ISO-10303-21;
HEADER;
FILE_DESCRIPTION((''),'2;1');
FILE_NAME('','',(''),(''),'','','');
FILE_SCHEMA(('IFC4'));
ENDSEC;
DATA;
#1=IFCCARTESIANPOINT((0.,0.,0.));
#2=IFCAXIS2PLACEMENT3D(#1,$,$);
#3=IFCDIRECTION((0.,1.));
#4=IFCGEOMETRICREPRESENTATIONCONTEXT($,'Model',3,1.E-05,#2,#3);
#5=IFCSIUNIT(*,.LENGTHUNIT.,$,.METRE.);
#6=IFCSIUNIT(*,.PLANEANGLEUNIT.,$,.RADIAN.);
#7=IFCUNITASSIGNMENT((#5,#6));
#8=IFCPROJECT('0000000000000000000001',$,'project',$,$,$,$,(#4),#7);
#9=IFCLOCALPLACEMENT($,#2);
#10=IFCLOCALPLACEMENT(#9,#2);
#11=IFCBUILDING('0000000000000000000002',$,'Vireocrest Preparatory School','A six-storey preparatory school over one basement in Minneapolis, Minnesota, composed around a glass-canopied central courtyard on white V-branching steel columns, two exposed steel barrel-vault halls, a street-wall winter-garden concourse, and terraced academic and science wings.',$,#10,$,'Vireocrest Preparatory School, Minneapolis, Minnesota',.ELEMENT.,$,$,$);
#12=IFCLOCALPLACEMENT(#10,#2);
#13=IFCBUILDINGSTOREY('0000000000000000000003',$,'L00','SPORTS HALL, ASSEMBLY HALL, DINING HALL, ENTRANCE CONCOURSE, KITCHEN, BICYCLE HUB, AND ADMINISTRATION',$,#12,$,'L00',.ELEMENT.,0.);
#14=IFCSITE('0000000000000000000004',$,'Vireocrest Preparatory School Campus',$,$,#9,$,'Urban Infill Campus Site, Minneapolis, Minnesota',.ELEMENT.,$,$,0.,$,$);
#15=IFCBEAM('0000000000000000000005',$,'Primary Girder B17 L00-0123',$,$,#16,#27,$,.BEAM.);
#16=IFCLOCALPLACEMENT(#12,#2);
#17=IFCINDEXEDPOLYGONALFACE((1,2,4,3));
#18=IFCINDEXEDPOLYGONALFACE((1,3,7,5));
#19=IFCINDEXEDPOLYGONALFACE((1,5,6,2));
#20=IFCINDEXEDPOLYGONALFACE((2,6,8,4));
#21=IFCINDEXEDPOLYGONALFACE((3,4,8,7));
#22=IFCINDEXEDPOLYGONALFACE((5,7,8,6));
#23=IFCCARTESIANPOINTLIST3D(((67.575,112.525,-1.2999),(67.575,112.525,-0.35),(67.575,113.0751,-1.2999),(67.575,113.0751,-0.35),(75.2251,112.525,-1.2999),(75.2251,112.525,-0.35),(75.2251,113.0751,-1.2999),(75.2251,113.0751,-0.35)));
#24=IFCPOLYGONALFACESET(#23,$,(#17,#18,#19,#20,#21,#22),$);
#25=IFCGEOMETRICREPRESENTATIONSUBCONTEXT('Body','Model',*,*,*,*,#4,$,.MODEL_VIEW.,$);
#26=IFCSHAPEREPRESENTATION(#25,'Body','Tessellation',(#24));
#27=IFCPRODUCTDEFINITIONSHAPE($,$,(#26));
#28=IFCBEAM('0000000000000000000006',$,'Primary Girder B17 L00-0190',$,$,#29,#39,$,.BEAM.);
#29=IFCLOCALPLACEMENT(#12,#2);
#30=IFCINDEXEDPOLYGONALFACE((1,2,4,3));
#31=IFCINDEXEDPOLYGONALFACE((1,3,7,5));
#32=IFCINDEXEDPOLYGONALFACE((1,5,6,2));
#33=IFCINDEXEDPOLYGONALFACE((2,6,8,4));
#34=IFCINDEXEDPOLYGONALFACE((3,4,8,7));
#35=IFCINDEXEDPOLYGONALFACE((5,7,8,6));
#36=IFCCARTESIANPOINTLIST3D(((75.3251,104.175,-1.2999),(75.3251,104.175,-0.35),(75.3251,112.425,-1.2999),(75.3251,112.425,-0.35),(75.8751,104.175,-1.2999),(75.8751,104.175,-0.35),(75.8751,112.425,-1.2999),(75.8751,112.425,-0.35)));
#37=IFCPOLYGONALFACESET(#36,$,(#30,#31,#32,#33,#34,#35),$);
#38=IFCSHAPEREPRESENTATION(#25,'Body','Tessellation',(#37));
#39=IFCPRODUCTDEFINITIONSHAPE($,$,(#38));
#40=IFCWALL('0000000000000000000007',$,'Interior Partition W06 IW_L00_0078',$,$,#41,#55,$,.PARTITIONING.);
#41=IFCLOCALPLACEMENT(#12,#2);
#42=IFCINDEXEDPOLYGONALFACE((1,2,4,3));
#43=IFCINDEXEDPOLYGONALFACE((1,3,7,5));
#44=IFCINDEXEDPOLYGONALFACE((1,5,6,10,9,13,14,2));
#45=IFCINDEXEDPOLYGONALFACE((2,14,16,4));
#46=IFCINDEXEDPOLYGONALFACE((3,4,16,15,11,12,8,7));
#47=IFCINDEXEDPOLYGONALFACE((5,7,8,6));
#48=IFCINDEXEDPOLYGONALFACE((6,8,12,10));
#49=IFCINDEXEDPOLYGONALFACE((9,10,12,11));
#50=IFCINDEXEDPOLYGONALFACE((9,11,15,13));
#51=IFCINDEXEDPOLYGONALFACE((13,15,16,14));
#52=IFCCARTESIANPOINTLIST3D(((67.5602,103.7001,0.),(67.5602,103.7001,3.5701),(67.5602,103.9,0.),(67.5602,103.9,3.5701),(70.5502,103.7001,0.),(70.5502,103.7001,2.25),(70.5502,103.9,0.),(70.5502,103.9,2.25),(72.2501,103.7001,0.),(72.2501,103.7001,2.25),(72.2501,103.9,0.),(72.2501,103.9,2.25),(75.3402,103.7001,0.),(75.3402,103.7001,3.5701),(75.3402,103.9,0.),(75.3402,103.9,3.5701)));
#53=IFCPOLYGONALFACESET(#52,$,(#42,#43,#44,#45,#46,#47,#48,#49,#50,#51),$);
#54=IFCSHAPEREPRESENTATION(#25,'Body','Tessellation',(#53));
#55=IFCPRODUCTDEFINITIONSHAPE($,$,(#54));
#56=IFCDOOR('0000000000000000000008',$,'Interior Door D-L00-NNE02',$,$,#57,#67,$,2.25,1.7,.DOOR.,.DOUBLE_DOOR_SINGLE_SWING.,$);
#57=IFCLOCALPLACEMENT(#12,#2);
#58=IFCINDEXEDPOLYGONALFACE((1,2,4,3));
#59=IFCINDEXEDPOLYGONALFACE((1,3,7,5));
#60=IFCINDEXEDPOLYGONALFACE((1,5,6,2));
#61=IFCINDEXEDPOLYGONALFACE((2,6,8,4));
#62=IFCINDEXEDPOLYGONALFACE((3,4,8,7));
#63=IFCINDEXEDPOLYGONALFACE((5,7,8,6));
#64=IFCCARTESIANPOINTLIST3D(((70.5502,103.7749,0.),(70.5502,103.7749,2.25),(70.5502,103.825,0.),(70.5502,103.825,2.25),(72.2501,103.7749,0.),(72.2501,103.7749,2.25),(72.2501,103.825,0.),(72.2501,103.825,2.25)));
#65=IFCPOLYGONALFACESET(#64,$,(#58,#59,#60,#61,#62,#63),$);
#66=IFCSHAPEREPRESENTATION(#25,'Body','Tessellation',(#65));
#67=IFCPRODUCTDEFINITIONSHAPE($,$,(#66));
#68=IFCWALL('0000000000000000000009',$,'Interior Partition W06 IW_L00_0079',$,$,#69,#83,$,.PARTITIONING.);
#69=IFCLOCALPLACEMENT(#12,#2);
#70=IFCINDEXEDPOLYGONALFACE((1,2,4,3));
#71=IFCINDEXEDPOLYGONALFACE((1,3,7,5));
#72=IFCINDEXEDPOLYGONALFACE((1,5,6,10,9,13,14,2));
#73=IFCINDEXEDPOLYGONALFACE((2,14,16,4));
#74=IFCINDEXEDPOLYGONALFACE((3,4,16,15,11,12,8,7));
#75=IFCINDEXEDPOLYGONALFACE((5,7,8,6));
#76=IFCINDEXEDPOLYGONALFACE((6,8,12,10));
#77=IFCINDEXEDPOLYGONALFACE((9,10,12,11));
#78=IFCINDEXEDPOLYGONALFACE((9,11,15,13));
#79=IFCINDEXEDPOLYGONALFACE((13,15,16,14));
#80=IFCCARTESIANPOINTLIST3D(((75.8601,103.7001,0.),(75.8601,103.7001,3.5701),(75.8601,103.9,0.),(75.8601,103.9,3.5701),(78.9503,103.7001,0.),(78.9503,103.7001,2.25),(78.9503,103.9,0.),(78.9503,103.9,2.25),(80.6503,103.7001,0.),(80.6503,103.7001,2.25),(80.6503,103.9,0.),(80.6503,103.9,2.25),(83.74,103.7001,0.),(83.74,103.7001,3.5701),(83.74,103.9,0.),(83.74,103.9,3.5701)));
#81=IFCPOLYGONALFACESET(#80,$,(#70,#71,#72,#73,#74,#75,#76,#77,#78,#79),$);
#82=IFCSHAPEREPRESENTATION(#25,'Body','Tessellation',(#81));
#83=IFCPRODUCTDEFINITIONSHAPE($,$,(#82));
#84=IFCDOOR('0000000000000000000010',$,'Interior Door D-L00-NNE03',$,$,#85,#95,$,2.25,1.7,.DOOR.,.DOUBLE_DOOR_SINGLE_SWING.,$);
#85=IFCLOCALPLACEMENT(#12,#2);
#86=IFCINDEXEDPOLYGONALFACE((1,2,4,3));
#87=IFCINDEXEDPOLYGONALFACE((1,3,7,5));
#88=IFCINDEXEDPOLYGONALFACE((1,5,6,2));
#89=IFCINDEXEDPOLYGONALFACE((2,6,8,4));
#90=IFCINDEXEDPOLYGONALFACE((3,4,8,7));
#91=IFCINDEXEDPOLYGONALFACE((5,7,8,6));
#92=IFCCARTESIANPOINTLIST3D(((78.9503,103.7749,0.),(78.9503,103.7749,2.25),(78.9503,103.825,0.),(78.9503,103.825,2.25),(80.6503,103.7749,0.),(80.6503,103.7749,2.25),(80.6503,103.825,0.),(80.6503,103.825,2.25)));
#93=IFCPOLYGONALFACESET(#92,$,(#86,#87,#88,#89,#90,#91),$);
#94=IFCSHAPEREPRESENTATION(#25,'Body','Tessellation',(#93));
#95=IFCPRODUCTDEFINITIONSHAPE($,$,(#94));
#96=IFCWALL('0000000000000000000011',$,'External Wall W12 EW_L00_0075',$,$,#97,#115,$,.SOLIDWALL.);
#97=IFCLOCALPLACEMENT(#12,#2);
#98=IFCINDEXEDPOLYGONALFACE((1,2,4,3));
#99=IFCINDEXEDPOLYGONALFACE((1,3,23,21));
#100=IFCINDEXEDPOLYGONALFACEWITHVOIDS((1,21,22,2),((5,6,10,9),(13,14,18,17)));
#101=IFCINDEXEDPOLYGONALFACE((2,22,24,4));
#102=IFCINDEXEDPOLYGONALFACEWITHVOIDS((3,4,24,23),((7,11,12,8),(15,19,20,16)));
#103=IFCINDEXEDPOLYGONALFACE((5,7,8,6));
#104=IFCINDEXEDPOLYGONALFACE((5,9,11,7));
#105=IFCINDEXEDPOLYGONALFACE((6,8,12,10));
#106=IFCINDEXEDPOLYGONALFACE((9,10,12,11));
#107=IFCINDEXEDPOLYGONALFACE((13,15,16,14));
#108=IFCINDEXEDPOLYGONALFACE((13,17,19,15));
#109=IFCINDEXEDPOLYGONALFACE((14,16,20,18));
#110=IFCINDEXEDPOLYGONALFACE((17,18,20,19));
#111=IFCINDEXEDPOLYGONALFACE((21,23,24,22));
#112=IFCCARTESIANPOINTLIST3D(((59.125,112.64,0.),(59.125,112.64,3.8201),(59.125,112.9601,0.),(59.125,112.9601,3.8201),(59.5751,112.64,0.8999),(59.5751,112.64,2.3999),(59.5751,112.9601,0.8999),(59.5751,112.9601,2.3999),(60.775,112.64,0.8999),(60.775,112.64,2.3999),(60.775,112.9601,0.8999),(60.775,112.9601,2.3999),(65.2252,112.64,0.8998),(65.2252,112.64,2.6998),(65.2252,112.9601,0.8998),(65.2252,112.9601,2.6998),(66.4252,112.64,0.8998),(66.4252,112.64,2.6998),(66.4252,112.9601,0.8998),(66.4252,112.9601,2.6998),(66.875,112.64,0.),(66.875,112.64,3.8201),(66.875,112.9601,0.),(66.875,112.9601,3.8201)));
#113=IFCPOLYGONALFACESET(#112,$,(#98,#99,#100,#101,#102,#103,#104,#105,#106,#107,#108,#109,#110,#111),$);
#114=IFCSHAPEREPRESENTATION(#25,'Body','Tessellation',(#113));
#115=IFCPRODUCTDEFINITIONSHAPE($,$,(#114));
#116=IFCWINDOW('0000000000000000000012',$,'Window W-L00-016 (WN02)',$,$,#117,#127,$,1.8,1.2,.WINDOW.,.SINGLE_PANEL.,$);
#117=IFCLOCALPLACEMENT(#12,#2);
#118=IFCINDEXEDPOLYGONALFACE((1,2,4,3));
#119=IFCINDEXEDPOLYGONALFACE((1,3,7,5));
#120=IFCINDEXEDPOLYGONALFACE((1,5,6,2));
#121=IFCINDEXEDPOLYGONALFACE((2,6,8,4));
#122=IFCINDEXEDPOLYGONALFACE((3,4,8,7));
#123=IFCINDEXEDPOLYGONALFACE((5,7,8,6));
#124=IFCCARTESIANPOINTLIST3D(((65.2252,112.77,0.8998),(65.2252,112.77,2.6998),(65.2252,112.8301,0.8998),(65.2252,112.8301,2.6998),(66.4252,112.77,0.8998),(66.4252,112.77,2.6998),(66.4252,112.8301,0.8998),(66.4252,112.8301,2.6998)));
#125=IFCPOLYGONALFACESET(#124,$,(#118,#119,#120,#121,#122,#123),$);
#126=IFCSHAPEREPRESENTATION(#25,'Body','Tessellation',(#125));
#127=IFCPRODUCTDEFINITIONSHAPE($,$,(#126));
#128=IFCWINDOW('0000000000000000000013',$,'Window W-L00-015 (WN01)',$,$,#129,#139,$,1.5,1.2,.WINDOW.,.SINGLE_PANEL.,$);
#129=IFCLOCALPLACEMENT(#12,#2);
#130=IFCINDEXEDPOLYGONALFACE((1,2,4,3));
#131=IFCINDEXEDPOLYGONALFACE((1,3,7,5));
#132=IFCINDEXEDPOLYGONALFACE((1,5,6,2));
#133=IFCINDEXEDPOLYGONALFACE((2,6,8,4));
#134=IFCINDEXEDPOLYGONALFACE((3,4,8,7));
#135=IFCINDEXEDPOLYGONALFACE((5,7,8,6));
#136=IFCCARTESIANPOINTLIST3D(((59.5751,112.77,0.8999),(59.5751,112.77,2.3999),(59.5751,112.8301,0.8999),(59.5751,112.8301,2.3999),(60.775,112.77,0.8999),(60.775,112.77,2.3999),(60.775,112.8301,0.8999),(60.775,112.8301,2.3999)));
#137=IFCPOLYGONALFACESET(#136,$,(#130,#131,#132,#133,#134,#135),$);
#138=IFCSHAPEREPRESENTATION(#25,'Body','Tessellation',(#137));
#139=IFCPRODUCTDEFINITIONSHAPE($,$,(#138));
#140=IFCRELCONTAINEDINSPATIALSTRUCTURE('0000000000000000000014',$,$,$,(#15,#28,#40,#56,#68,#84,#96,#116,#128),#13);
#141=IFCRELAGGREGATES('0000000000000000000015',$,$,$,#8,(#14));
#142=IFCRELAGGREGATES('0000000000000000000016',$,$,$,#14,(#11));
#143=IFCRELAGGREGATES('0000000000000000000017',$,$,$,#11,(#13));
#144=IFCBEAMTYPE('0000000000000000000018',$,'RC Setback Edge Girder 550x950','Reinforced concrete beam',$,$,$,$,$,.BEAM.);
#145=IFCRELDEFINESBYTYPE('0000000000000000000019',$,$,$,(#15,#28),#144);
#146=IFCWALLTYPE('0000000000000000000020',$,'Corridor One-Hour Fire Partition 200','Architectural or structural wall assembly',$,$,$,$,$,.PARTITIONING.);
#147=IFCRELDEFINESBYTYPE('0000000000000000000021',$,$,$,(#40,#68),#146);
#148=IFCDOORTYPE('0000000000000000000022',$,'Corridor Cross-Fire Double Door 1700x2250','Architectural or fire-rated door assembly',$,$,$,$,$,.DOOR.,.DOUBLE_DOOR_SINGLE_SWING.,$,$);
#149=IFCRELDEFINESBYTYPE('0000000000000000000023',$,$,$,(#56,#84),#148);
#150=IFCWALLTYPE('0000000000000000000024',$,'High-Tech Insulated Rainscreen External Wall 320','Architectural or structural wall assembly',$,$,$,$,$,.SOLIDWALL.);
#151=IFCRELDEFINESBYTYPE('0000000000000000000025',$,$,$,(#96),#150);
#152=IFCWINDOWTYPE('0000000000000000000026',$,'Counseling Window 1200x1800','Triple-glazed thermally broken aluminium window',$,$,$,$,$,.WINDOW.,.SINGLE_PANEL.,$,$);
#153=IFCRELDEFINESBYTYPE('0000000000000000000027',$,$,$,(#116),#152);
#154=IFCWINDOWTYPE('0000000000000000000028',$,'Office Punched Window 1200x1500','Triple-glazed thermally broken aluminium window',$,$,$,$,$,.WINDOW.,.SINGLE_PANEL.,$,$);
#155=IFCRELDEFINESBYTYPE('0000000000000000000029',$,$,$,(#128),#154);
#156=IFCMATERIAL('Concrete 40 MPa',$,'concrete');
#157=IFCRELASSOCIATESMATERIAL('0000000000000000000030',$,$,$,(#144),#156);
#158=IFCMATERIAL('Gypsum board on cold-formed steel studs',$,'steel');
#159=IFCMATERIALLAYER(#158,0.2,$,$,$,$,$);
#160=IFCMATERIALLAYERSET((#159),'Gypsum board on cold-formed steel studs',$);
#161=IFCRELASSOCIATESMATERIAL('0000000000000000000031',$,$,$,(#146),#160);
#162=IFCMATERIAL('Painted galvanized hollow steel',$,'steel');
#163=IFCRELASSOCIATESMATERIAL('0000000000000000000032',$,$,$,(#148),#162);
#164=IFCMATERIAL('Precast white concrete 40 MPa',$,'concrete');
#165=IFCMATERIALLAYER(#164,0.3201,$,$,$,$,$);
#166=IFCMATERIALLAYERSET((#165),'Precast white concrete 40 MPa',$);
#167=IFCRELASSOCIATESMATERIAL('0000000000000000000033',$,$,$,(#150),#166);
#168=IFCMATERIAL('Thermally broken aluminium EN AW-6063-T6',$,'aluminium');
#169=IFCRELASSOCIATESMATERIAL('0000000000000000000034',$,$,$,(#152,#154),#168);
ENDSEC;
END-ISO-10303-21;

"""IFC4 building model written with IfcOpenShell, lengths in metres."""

from ifc_helpers import new_model, si_unit, direction, frame, frame_2d, origin, origin_2d, place, context, subcontext, project, spatial, rectangle, extrude, material, layer, layer_set, material_profile, profile_set, type_object, element, fill, save


model = new_model("IFC4")

# Units and contexts
model_context = context("Model", 3, precision=1e-05, world=origin(), true_north=direction((0.0, 1.0)))
body_context = subcontext(model_context, "Body", "Model", "MODEL_VIEW")
ifc_project = project(units=[si_unit("LENGTHUNIT", "METRE"), si_unit("PLANEANGLEUNIT", "RADIAN")], contexts=[model_context])

# Site, building, storey
site_placement = place(None, origin())
site = spatial("IfcSite", under=ifc_project, at=site_placement, Name="Vireocrest Preparatory School Campus", LongName="Urban Infill Campus Site, Minneapolis, Minnesota", CompositionType="ELEMENT", RefElevation=0.0)
building_placement = place(site_placement, origin())
building = spatial("IfcBuilding", under=site, at=building_placement, Name="Vireocrest Preparatory School", Description="A six-storey preparatory school over one basement in Minneapolis, Minnesota, composed around a glass-canopied central courtyard on white V-branching steel columns, two exposed steel barrel-vault halls, a street-wall winter-garden concourse, and terraced academic and science wings.", LongName="Vireocrest Preparatory School, Minneapolis, Minnesota", CompositionType="ELEMENT")
storey_placement = place(building_placement, origin())
storey = spatial("IfcBuildingStorey", under=building, at=storey_placement, Name="L00", Description="SPORTS HALL, ASSEMBLY HALL, DINING HALL, ENTRANCE CONCOURSE, KITCHEN, BICYCLE HUB, AND ADMINISTRATION", LongName="L00", CompositionType="ELEMENT", Elevation=0.0)

# Beams
ifc_material_1 = material(Name="Concrete 40 MPa", Category="concrete")
ifc_material_profile_1 = material_profile(ifc_material_1, rectangle(XDim=0.55, YDim=0.95, at=origin_2d()), Name="RC 550x950")
ifc_profile_set_1 = profile_set([ifc_material_profile_1], Name="Concrete 40 MPa")
beam_type_1 = type_object("IfcBeamType", Name="RC Setback Edge Girder 550x950", Description="Reinforced concrete beam", PredefinedType="BEAM", material=ifc_profile_set_1)
beam_1_placement = place(storey_placement, frame((67.575, 112.8, -0.825), z_axis=(1.0, 0.0, 0.0), x_axis=(0.0, 1.0, 0.0)))
element("IfcBeam", 1, at=beam_1_placement, inside=storey, type_object=beam_type_1, Name="Primary Girder B17 L00-0123", PredefinedType="BEAM", context=body_context, shape_type="SweptSolid", body=[
    extrude(rectangle(XDim=0.55, YDim=0.95, at=origin_2d()), origin(), (0.0, 0.0, 1.0), 7.6501),
])
beam_2_placement = place(storey_placement, frame((75.6001, 104.175, -0.825), z_axis=(0.0, 1.0, 0.0), x_axis=(-1.0, 0.0, 0.0)))
element("IfcBeam", 2, at=beam_2_placement, inside=storey, type_object=beam_type_1, Name="Primary Girder B17 L00-0190", PredefinedType="BEAM", context=body_context, shape_type="SweptSolid", body=[
    extrude(rectangle(XDim=0.55, YDim=0.95, at=origin_2d()), origin(), (0.0, 0.0, 1.0), 8.25),
])

# Walls, openings, doors
ifc_material_2 = material(Name="Gypsum board on cold-formed steel studs", Category="steel")
ifc_layer_1 = layer(ifc_material_2, 0.2)
ifc_layer_set_1 = layer_set([ifc_layer_1], Name="Gypsum board on cold-formed steel studs")
wall_type_1 = type_object("IfcWallType", Name="Corridor One-Hour Fire Partition 200", Description="Architectural or structural wall assembly", PredefinedType="PARTITIONING", material=ifc_layer_set_1)
wall_1_placement = place(storey_placement, frame((67.5601, 103.8, 0.0), z_axis=(0.0, 0.0, 1.0), x_axis=(1.0, 0.0, 0.0)))
wall_1 = element("IfcWall", 3, at=wall_1_placement, inside=storey, type_object=wall_type_1, Name="Interior Partition W06 IW_L00_0078", PredefinedType="PARTITIONING", context=body_context, shape_type="SweptSolid", body=[
    extrude(rectangle(XDim=7.78, YDim=0.2, at=frame_2d((3.8901, 0.0))), origin(), (0.0, 0.0, 1.0), 3.5701),
])
opening_1_placement = place(wall_1_placement, frame((2.99, 0.0, 0.0)))
opening_1 = element("IfcOpeningElement", 4, at=opening_1_placement, cuts=wall_1, PredefinedType="OPENING", context=body_context, shape_type="SweptSolid", body=[
    extrude(rectangle(XDim=1.7, YDim=2.25, at=frame_2d((0.8501, 1.125))), frame((0.0, 0.1099, 0.0), z_axis=(0.0, -1.0, 0.0), x_axis=(1.0, 0.0, 0.0)), (0.0, 0.0, 1.0), 0.22),
])
ifc_material_3 = material(Name="Painted galvanized hollow steel", Category="steel")
door_type_1 = type_object("IfcDoorType", Name="Corridor Cross-Fire Double Door 1700x2250", Description="Architectural or fire-rated door assembly", OperationType="DOUBLE_DOOR_SINGLE_SWING", PredefinedType="DOOR", material=ifc_material_3)
door_1_placement = place(opening_1_placement, origin())
door_1 = element("IfcDoor", 5, at=door_1_placement, inside=storey, type_object=door_type_1, Name="Interior Door D-L00-NNE02", OperationType="DOUBLE_DOOR_SINGLE_SWING", OverallHeight=2.25, OverallWidth=1.7, PredefinedType="DOOR", context=body_context, shape_type="SweptSolid", body=[
    extrude(rectangle(XDim=1.7, YDim=2.25, at=frame_2d((0.8501, 1.125))), frame((0.0, 0.0249, 0.0), z_axis=(0.0, -1.0, 0.0), x_axis=(1.0, 0.0, 0.0)), (0.0, 0.0, 1.0), 0.05),
])
fill(opening_1, door_1)
wall_2_placement = place(storey_placement, frame((75.8601, 103.8, 0.0), z_axis=(0.0, 0.0, 1.0), x_axis=(1.0, 0.0, 0.0)))
wall_2 = element("IfcWall", 6, at=wall_2_placement, inside=storey, type_object=wall_type_1, Name="Interior Partition W06 IW_L00_0079", PredefinedType="PARTITIONING", context=body_context, shape_type="SweptSolid", body=[
    extrude(rectangle(XDim=7.8799, YDim=0.2, at=frame_2d((3.9399, 0.0))), origin(), (0.0, 0.0, 1.0), 3.5701),
])
opening_2_placement = place(wall_2_placement, frame((3.0901, 0.0, 0.0)))
opening_2 = element("IfcOpeningElement", 7, at=opening_2_placement, cuts=wall_2, PredefinedType="OPENING", context=body_context, shape_type="SweptSolid", body=[
    extrude(rectangle(XDim=1.7, YDim=2.25, at=frame_2d((0.8501, 1.125))), frame((0.0, 0.1099, 0.0), z_axis=(0.0, -1.0, 0.0), x_axis=(1.0, 0.0, 0.0)), (0.0, 0.0, 1.0), 0.22),
])
door_2_placement = place(opening_2_placement, origin())
door_2 = element("IfcDoor", 8, at=door_2_placement, inside=storey, type_object=door_type_1, Name="Interior Door D-L00-NNE03", OperationType="DOUBLE_DOOR_SINGLE_SWING", OverallHeight=2.25, OverallWidth=1.7, PredefinedType="DOOR", context=body_context, shape_type="SweptSolid", body=[
    extrude(rectangle(XDim=1.7, YDim=2.25, at=frame_2d((0.8501, 1.125))), frame((0.0, 0.0249, 0.0), z_axis=(0.0, -1.0, 0.0), x_axis=(1.0, 0.0, 0.0)), (0.0, 0.0, 1.0), 0.05),
])
fill(opening_2, door_2)

# Wall, openings, windows
ifc_material_4 = material(Name="Precast white concrete 40 MPa", Category="concrete")
ifc_layer_2 = layer(ifc_material_4, 0.3201)
ifc_layer_set_2 = layer_set([ifc_layer_2], Name="Precast white concrete 40 MPa")
wall_type_2 = type_object("IfcWallType", Name="High-Tech Insulated Rainscreen External Wall 320", Description="Architectural or structural wall assembly", PredefinedType="SOLIDWALL", material=ifc_layer_set_2)
wall_3_placement = place(storey_placement, frame((59.125, 112.8, 0.0), z_axis=(0.0, 0.0, 1.0), x_axis=(1.0, 0.0, 0.0)))
wall_3 = element("IfcWall", 9, at=wall_3_placement, inside=storey, type_object=wall_type_2, Name="External Wall W12 EW_L00_0075", PredefinedType="SOLIDWALL", context=body_context, shape_type="SweptSolid", body=[
    extrude(rectangle(XDim=7.75, YDim=0.3201, at=frame_2d((3.875, 0.0))), origin(), (0.0, 0.0, 1.0), 3.8201),
])
opening_3_placement = place(wall_3_placement, frame((0.45, 0.0, 0.8999)))
opening_3 = element("IfcOpeningElement", 10, at=opening_3_placement, cuts=wall_3, PredefinedType="OPENING", context=body_context, shape_type="SweptSolid", body=[
    extrude(rectangle(XDim=1.2, YDim=1.5, at=frame_2d((0.6001, 0.75))), frame((0.0, 0.1699, 0.0), z_axis=(0.0, -1.0, 0.0), x_axis=(1.0, 0.0, 0.0)), (0.0, 0.0, 1.0), 0.3401),
])
opening_4_placement = place(wall_3_placement, frame((6.1001, 0.0, 0.8999)))
opening_4 = element("IfcOpeningElement", 11, at=opening_4_placement, cuts=wall_3, PredefinedType="OPENING", context=body_context, shape_type="SweptSolid", body=[
    extrude(rectangle(XDim=1.2, YDim=1.8, at=frame_2d((0.6001, 0.8999))), frame((0.0, 0.1699, 0.0), z_axis=(0.0, -1.0, 0.0), x_axis=(1.0, 0.0, 0.0)), (0.0, 0.0, 1.0), 0.3401),
])
ifc_material_5 = material(Name="Thermally broken aluminium EN AW-6063-T6", Category="aluminium")
window_type_1 = type_object("IfcWindowType", Name="Counseling Window 1200x1800", Description="Triple-glazed thermally broken aluminium window", PartitioningType="SINGLE_PANEL", PredefinedType="WINDOW", material=ifc_material_5)
window_1_placement = place(opening_4_placement, origin())
window_1 = element("IfcWindow", 12, at=window_1_placement, inside=storey, type_object=window_type_1, Name="Window W-L00-016 (WN02)", OverallHeight=1.8, OverallWidth=1.2, PartitioningType="SINGLE_PANEL", PredefinedType="WINDOW", context=body_context, shape_type="SweptSolid", body=[
    extrude(rectangle(XDim=1.2, YDim=1.8, at=frame_2d((0.6001, 0.8999))), frame((0.0, 0.03, 0.0), z_axis=(0.0, -1.0, 0.0), x_axis=(1.0, 0.0, 0.0)), (0.0, 0.0, 1.0), 0.0601),
])
fill(opening_4, window_1)
window_type_2 = type_object("IfcWindowType", Name="Office Punched Window 1200x1500", Description="Triple-glazed thermally broken aluminium window", PartitioningType="SINGLE_PANEL", PredefinedType="WINDOW", material=ifc_material_5)
window_2_placement = place(opening_3_placement, origin())
window_2 = element("IfcWindow", 13, at=window_2_placement, inside=storey, type_object=window_type_2, Name="Window W-L00-015 (WN01)", OverallHeight=1.5, OverallWidth=1.2, PartitioningType="SINGLE_PANEL", PredefinedType="WINDOW", context=body_context, shape_type="SweptSolid", body=[
    extrude(rectangle(XDim=1.2, YDim=1.5, at=frame_2d((0.6001, 0.75))), frame((0.0, 0.03, 0.0), z_axis=(0.0, -1.0, 0.0), x_axis=(1.0, 0.0, 0.0)), (0.0, 0.0, 1.0), 0.0601),
])
fill(opening_3, window_2)

save(model, "model.ifc")
